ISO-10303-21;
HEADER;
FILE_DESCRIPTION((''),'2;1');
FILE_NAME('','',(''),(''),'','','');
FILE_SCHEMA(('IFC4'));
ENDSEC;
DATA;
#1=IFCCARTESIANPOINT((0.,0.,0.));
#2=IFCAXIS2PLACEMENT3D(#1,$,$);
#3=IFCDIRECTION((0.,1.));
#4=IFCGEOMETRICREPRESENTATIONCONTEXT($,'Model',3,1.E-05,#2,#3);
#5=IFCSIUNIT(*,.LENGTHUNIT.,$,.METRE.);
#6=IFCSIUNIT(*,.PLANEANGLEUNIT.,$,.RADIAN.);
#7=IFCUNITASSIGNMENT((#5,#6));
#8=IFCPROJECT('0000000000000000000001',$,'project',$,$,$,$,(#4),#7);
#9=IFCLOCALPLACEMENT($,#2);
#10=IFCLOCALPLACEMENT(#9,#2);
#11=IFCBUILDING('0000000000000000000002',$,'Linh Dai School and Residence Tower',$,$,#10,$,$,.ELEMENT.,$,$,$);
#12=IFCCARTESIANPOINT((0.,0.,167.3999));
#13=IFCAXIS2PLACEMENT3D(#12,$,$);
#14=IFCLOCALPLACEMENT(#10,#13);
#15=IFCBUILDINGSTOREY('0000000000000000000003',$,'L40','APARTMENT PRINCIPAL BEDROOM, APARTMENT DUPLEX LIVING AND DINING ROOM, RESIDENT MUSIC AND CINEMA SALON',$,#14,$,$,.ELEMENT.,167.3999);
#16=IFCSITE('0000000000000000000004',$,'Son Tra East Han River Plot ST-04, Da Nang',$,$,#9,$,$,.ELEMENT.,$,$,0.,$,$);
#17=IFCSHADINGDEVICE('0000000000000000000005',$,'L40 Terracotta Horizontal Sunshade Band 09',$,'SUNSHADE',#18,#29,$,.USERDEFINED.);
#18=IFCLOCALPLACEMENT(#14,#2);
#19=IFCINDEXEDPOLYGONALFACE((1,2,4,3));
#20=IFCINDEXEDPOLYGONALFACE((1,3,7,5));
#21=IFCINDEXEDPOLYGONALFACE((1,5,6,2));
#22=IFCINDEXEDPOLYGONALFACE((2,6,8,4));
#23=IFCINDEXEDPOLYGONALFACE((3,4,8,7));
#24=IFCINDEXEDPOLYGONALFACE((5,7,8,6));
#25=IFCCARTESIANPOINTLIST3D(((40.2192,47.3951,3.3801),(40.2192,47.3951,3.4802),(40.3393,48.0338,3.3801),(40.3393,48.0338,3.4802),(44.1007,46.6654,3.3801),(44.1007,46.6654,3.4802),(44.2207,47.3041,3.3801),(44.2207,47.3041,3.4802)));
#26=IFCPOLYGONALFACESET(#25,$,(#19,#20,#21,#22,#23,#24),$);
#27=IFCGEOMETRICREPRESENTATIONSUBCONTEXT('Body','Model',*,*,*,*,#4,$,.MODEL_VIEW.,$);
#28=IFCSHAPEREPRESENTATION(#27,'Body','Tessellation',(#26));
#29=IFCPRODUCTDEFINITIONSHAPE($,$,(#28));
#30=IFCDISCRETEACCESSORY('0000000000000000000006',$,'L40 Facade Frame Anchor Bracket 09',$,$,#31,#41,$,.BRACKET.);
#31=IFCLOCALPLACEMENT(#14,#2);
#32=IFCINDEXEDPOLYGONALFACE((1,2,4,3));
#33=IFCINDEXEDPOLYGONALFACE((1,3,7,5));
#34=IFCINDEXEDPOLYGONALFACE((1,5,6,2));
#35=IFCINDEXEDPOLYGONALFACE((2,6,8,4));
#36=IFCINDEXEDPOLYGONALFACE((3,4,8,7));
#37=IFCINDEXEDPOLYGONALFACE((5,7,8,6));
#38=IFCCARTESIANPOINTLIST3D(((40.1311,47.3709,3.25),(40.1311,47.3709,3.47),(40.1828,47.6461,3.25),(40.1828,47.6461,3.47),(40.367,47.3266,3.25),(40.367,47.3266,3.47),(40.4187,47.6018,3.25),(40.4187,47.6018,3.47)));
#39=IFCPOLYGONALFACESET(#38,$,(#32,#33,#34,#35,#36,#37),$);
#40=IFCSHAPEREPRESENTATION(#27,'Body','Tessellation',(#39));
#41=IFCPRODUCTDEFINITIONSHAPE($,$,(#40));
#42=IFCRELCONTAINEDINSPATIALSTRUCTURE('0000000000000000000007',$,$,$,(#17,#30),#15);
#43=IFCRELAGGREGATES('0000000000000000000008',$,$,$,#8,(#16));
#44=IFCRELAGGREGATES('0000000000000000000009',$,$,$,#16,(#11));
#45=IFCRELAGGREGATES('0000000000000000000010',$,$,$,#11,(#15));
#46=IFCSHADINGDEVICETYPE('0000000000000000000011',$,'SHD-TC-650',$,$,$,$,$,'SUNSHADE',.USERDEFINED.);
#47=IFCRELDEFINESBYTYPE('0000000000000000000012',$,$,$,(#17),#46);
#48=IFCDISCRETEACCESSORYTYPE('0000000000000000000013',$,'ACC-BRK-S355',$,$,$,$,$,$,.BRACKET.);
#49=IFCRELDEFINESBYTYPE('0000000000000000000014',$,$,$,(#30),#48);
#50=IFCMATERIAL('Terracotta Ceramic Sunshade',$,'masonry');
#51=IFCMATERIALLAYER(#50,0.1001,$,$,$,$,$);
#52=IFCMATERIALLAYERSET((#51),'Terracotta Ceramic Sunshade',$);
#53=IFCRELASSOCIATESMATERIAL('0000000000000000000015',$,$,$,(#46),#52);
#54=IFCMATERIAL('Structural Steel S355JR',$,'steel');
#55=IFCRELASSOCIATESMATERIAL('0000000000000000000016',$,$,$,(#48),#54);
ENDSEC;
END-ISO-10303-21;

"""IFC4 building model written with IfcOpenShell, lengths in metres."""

from ifc_helpers import new_model, si_unit, direction, frame, origin, origin_2d, place, context, subcontext, project, spatial, rectangle, extrude, source, transform, mapped, material, layer, layer_set, type_object, element, save


model = new_model("IFC4")

# Units and contexts
model_context = context("Model", 3, precision=1e-05, world=origin(), true_north=direction((0.0, 1.0)))
body_context = subcontext(model_context, "Body", "Model", "MODEL_VIEW")
ifc_project = project(units=[si_unit("LENGTHUNIT", "METRE"), si_unit("PLANEANGLEUNIT", "RADIAN")], contexts=[model_context])

# Site, building, storey
site_placement = place(None, origin())
site = spatial("IfcSite", under=ifc_project, at=site_placement, Name="Son Tra East Han River Plot ST-04, Da Nang", CompositionType="ELEMENT", RefElevation=0.0)
building_placement = place(site_placement, origin())
building = spatial("IfcBuilding", under=site, at=building_placement, Name="Linh Dai School and Residence Tower", CompositionType="ELEMENT")
storey_placement = place(building_placement, frame((0.0, 0.0, 167.3999)))
storey = spatial("IfcBuildingStorey", under=building, at=storey_placement, Name="L40", Description="APARTMENT PRINCIPAL BEDROOM, APARTMENT DUPLEX LIVING AND DINING ROOM, RESIDENT MUSIC AND CINEMA SALON", CompositionType="ELEMENT", Elevation=167.3999)

# Shared definitions
ifc_material_1 = material(Name="Structural Steel S355JR", Category="steel")

# Shading device
ifc_material_2 = material(Name="Terracotta Ceramic Sunshade", Category="masonry")
ifc_layer_1 = layer(ifc_material_2, 0.1001)
ifc_layer_set_1 = layer_set([ifc_layer_1], Name="Terracotta Ceramic Sunshade")
shading_device_type = type_object("IfcShadingDeviceType", Name="SHD-TC-650", ElementType="SUNSHADE", PredefinedType="USERDEFINED", material=ifc_layer_set_1)
shared_shape_1 = source(origin(), body_context, "Body", "SweptSolid", [
    extrude(rectangle(XDim=3.9495, YDim=0.6499, at=origin_2d()), origin(), (0.0, 0.0, 1.0), 0.1001),
])
shading_device_placement = place(storey_placement, frame((42.22, 47.3496, 3.3801), z_axis=(0.0, 0.0, 1.0), x_axis=(0.982783, -0.184763, 0.0)))
element("IfcShadingDevice", 1, at=shading_device_placement, inside=storey, type_object=shading_device_type, Name="L40 Terracotta Horizontal Sunshade Band 09", ObjectType="SUNSHADE", PredefinedType="USERDEFINED", context=body_context, shape_type="MappedRepresentation", body=[
    mapped(shared_shape_1, transform((0.0, 0.0, 0.0), x_axis=(1.0, 0.0, 0.0), y_axis=(0.0, 1.0, 0.0), z_axis=(0.0, 0.0, 1.0), scale=1.0)),
])

# Discrete accessory
discrete_accessory_type = type_object("IfcDiscreteAccessoryType", Name="ACC-BRK-S355", PredefinedType="BRACKET", material=ifc_material_1)
shared_shape_2 = source(origin(), body_context, "Body", "SweptSolid", [
    extrude(rectangle(XDim=0.28, YDim=0.24, at=origin_2d()), origin(), (0.0, 0.0, 1.0), 0.22),
])
discrete_accessory_placement = place(storey_placement, frame((40.2749, 47.4863, 3.25), z_axis=(0.0, 0.0, 1.0), x_axis=(0.184763, 0.982783, 0.0)))
element("IfcDiscreteAccessory", 2, at=discrete_accessory_placement, inside=storey, type_object=discrete_accessory_type, Name="L40 Facade Frame Anchor Bracket 09", PredefinedType="BRACKET", context=body_context, shape_type="MappedRepresentation", body=[
    mapped(shared_shape_2, transform((0.0, 0.0, 0.0), x_axis=(1.0, 0.0, 0.0), y_axis=(0.0, 1.0, 0.0), z_axis=(0.0, 0.0, 1.0), scale=1.0)),
])

save(model, "model.ifc")
